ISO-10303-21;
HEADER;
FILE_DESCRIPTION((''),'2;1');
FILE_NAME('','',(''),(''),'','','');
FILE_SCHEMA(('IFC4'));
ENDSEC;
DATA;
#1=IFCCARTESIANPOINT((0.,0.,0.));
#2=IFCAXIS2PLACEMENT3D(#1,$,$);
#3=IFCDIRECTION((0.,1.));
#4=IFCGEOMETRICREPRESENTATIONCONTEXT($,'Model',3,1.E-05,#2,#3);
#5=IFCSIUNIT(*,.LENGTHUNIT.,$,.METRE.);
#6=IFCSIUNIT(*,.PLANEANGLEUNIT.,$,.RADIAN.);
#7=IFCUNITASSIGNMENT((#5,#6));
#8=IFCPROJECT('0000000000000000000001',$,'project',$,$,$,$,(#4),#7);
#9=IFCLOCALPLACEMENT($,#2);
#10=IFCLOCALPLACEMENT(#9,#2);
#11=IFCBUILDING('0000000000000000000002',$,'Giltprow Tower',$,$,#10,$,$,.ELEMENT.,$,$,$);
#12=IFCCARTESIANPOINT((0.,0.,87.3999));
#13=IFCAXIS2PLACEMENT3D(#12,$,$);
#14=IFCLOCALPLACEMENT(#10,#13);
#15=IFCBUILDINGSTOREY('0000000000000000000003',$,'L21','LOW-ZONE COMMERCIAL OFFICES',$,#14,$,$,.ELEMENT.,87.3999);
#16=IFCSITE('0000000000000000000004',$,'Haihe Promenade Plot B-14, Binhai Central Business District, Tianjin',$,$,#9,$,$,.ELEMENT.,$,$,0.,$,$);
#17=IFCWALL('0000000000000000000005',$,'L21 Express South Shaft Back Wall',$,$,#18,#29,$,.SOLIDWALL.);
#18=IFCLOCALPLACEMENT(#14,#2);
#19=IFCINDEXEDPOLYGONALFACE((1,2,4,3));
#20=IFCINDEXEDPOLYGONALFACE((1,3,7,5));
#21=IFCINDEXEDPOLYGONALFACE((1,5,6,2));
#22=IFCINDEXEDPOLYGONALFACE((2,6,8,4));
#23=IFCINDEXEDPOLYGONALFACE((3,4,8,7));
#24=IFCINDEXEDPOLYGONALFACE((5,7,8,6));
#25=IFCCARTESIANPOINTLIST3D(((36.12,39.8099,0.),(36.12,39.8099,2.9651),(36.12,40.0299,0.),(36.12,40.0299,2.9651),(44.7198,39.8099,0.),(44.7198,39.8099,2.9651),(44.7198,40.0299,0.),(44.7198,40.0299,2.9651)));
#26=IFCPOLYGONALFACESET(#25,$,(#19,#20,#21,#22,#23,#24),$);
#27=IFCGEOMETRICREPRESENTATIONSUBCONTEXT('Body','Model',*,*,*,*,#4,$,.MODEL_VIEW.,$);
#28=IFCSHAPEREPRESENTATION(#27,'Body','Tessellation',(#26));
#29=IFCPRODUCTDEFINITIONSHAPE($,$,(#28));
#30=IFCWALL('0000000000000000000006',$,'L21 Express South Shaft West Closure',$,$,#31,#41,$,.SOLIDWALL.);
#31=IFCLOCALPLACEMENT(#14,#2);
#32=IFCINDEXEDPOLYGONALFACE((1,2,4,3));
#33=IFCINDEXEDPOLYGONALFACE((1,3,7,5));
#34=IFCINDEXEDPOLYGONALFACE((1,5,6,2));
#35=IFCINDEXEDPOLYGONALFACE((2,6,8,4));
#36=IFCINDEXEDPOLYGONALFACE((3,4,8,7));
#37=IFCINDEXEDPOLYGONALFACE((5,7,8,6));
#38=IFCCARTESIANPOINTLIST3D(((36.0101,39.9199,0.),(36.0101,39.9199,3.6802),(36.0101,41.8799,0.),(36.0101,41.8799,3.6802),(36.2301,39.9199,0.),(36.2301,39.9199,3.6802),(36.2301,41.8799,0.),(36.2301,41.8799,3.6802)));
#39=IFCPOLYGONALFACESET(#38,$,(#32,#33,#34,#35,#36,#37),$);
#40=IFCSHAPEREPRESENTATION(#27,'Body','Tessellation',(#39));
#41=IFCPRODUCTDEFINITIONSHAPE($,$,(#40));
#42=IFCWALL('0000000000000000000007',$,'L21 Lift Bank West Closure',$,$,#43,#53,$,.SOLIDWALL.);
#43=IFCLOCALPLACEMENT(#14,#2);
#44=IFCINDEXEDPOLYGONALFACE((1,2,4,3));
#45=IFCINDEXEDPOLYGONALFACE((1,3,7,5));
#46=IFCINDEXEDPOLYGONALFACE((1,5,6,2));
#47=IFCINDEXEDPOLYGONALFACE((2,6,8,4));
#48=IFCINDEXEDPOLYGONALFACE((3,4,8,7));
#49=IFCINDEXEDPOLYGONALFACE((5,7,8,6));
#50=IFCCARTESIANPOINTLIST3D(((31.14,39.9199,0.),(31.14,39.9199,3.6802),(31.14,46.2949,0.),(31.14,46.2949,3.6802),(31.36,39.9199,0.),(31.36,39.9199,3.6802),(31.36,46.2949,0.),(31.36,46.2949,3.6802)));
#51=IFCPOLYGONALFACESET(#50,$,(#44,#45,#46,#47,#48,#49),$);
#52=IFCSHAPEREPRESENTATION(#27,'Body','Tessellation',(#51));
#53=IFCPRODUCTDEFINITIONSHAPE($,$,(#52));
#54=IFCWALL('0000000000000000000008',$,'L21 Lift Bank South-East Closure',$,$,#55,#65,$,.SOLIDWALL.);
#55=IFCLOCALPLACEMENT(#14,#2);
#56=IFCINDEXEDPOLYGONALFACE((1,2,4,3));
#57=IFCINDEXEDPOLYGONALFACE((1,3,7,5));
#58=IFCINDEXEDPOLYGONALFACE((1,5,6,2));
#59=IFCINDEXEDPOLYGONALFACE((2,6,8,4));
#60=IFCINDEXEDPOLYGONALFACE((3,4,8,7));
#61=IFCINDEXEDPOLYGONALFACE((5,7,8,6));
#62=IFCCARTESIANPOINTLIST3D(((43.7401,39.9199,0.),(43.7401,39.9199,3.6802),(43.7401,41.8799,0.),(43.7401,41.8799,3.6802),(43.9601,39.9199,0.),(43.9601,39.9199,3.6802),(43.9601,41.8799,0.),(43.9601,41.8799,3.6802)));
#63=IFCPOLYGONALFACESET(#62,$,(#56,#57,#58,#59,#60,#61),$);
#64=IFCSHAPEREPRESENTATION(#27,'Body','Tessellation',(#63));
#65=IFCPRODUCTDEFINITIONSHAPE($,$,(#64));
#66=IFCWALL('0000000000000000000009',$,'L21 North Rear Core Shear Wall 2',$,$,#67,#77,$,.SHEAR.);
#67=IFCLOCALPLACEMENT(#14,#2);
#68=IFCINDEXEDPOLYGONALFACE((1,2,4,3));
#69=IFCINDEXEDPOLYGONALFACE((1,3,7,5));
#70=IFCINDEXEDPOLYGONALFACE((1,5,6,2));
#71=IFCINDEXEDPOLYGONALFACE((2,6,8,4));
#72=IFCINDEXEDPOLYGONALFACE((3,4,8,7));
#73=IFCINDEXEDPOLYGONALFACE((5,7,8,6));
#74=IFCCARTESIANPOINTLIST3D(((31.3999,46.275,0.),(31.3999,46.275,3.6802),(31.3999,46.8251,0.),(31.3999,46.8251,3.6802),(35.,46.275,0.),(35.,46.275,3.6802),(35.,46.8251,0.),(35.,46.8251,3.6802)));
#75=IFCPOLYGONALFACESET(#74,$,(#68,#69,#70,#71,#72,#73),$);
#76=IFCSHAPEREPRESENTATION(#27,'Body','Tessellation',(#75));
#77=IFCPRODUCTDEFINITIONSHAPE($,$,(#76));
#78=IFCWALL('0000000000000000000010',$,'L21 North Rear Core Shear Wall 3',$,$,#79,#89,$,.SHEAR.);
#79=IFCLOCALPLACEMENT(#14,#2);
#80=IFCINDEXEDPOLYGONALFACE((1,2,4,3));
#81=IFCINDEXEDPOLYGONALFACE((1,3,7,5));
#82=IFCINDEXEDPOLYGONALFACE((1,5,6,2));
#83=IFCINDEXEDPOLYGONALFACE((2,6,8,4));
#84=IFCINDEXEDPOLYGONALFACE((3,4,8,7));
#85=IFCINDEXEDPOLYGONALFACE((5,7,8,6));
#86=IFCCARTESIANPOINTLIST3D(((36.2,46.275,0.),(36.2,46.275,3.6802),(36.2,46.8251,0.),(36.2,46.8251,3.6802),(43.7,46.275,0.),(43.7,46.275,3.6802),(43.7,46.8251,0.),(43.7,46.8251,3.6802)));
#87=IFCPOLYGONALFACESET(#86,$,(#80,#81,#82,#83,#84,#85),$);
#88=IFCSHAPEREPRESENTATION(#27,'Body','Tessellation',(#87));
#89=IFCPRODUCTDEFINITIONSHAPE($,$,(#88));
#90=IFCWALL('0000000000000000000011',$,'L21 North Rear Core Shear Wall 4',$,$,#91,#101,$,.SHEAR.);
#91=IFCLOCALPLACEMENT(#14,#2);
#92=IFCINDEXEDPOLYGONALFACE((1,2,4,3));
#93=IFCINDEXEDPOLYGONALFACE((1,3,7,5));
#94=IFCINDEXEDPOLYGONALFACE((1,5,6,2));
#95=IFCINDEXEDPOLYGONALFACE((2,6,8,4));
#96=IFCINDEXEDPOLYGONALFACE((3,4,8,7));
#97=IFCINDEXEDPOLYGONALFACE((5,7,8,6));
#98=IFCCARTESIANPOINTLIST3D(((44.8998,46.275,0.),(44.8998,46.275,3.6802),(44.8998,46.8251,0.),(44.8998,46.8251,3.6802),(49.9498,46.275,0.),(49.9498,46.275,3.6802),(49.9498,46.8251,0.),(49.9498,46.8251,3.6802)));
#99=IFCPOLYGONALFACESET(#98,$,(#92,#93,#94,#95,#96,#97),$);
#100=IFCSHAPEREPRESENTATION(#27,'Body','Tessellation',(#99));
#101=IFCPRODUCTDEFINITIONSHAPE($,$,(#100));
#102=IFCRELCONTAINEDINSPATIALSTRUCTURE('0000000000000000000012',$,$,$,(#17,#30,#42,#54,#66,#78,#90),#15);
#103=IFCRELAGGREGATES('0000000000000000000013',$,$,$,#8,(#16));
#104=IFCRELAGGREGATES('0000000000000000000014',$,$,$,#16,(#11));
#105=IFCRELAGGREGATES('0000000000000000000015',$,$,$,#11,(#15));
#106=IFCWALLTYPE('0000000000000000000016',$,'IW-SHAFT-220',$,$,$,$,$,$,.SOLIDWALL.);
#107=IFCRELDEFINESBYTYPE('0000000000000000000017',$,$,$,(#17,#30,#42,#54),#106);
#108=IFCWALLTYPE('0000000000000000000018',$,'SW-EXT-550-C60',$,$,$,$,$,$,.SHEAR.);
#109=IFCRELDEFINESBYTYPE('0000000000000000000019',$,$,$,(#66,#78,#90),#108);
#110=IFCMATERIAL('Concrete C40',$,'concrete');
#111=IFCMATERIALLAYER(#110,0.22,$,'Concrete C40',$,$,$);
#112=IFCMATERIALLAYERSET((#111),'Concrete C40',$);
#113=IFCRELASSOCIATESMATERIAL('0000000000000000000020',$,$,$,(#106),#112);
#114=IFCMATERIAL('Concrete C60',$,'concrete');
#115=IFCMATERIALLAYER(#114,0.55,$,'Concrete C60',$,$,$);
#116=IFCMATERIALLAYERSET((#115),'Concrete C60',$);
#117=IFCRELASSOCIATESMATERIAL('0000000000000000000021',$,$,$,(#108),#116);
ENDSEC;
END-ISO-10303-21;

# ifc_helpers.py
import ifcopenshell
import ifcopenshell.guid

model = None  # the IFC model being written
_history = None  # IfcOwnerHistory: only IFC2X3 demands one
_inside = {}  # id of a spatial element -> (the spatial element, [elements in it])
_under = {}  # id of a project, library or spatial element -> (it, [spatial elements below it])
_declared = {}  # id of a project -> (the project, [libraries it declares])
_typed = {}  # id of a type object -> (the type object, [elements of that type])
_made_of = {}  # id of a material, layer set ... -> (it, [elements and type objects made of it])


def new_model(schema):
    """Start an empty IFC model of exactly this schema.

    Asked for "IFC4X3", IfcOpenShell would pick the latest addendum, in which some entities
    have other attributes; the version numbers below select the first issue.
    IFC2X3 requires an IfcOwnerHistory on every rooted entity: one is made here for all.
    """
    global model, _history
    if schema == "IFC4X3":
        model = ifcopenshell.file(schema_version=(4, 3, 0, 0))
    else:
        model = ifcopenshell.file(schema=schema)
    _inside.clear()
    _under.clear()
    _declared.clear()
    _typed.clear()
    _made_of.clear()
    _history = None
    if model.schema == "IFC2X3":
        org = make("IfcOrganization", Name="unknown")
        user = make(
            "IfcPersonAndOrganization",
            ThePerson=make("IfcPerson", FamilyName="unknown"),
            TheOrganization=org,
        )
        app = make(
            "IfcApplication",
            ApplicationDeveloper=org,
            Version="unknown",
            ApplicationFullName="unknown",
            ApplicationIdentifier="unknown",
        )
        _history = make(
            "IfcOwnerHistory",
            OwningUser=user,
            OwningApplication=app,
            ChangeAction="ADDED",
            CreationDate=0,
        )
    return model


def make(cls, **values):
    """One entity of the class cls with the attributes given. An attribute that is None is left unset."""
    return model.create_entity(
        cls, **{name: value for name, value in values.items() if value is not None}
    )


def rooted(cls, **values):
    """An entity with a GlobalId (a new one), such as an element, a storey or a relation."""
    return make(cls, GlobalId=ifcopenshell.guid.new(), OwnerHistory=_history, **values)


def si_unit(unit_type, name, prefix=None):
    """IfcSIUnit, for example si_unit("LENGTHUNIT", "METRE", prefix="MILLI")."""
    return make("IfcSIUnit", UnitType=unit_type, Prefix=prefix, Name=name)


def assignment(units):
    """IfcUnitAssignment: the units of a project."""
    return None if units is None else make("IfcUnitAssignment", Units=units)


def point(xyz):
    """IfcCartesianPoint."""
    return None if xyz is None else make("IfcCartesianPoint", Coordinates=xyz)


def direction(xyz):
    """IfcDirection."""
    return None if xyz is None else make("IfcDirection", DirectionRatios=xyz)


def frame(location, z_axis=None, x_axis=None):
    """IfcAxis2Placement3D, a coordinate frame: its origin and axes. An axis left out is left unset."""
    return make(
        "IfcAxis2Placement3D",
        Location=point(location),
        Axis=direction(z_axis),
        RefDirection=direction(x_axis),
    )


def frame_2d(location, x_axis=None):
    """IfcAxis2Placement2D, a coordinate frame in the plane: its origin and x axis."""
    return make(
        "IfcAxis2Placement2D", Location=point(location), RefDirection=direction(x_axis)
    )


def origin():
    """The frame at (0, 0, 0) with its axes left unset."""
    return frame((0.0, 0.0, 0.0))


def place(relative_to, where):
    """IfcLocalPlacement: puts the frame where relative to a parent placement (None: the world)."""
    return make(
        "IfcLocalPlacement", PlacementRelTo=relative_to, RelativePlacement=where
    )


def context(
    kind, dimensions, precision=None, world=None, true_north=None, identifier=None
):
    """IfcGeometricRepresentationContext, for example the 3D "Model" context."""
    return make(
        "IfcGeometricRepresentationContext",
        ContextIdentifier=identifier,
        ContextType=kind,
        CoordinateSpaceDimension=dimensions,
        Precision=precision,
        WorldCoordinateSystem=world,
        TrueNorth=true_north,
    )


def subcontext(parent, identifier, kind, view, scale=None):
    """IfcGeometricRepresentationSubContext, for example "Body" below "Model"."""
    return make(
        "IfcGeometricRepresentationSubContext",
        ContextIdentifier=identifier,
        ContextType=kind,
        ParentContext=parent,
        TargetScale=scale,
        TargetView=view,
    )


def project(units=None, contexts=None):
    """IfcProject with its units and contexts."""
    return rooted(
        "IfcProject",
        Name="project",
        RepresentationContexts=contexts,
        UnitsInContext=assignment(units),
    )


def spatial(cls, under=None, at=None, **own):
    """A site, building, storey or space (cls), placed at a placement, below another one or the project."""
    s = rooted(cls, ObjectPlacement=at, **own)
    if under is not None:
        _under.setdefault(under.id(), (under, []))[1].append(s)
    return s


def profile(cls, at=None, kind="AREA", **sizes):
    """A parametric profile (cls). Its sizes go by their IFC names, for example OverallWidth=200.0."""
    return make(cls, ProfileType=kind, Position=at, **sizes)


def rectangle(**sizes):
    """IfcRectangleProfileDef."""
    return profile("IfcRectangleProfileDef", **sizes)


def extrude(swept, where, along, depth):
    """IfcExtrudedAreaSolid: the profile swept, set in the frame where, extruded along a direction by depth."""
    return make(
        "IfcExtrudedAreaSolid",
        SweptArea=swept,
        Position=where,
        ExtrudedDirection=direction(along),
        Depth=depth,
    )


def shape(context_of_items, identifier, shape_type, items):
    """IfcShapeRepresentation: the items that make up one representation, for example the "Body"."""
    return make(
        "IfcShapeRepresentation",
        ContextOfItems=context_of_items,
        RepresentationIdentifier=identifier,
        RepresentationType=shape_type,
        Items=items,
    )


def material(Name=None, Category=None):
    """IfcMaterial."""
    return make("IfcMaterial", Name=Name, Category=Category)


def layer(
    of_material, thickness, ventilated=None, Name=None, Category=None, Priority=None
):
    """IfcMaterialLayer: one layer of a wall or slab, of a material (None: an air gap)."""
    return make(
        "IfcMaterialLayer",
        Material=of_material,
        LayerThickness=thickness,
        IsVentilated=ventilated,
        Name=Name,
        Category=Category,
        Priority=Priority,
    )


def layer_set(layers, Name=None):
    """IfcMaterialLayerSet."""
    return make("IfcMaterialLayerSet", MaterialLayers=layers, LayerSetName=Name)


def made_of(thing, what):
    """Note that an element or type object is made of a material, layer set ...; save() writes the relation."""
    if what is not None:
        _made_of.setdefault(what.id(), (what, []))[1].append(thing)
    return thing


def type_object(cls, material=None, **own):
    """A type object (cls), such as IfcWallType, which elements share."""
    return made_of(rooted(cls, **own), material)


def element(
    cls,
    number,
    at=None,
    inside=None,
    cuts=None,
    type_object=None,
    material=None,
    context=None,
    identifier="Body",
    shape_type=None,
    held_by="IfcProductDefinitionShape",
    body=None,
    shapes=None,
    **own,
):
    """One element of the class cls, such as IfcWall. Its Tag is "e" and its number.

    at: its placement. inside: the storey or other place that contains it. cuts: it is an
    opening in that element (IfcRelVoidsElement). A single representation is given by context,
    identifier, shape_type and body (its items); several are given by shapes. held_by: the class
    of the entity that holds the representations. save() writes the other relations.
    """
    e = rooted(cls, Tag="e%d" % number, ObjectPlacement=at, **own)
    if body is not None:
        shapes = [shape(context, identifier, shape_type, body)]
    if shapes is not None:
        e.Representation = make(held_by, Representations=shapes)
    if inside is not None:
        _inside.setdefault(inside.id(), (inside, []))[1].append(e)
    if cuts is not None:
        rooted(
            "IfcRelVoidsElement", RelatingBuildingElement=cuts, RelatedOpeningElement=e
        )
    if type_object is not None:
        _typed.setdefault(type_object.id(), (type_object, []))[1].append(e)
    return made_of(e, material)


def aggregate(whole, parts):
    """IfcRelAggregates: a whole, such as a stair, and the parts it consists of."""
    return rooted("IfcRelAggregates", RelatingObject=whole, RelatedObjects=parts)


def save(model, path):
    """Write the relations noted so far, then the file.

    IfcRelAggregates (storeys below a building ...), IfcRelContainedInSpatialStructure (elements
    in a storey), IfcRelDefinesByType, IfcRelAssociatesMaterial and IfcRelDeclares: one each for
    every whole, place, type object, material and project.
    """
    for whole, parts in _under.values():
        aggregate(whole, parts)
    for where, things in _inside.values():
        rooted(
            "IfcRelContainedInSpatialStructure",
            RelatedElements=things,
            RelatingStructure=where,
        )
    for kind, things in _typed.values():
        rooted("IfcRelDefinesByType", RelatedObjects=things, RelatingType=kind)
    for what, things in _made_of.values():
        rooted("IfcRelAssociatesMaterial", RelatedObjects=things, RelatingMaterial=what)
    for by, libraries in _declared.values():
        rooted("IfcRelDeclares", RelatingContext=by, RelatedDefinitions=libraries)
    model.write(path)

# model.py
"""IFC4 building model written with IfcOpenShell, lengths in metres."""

from ifc_helpers import new_model, si_unit, direction, frame, frame_2d, origin, place, context, subcontext, project, spatial, rectangle, extrude, material, layer, layer_set, type_object, element, save


model = new_model("IFC4")

# Units and contexts
model_context = context("Model", 3, precision=1e-05, world=origin(), true_north=direction((0.0, 1.0)))
body_context = subcontext(model_context, "Body", "Model", "MODEL_VIEW")
ifc_project = project(units=[si_unit("LENGTHUNIT", "METRE"), si_unit("PLANEANGLEUNIT", "RADIAN")], contexts=[model_context])

# Site, building, storey
site_placement = place(None, origin())
site = spatial("IfcSite", under=ifc_project, at=site_placement, Name="Haihe Promenade Plot B-14, Binhai Central Business District, Tianjin", CompositionType="ELEMENT", RefElevation=0.0)
building_placement = place(site_placement, origin())
building = spatial("IfcBuilding", under=site, at=building_placement, Name="Giltprow Tower", CompositionType="ELEMENT")
storey_placement = place(building_placement, frame((0.0, 0.0, 87.3999)))
storey = spatial("IfcBuildingStorey", under=building, at=storey_placement, Name="L21", Description="LOW-ZONE COMMERCIAL OFFICES", CompositionType="ELEMENT", Elevation=87.3999)

# Shared definitions
ifc_material_1 = material(Name="Concrete C60", Category="concrete")

# Shared definitions
ifc_material_2 = material(Name="Concrete C40", Category="concrete")
ifc_layer_1 = layer(ifc_material_2, 0.22, Name="Concrete C40")
ifc_layer_set_1 = layer_set([ifc_layer_1], Name="Concrete C40")
wall_type_1 = type_object("IfcWallType", Name="IW-SHAFT-220", PredefinedType="SOLIDWALL", material=ifc_layer_set_1)

# Walls
wall_1_placement = place(storey_placement, frame((36.1201, 39.9199, 0.0), z_axis=(0.0, 0.0, 1.0), x_axis=(1.0, 0.0, 0.0)))
element("IfcWall", 1, at=wall_1_placement, inside=storey, type_object=wall_type_1, Name="L21 Express South Shaft Back Wall", PredefinedType="SOLIDWALL", context=body_context, shape_type="SweptSolid", body=[
    extrude(rectangle(XDim=8.5999, YDim=0.22, at=frame_2d((4.2998, 0.0))), origin(), (0.0, 0.0, 1.0), 2.9651),
])
wall_2_placement = place(storey_placement, frame((36.1201, 39.9199, 0.0), z_axis=(0.0, 0.0, 1.0), x_axis=(0.0, 1.0, 0.0)))
element("IfcWall", 2, at=wall_2_placement, inside=storey, type_object=wall_type_1, Name="L21 Express South Shaft West Closure", PredefinedType="SOLIDWALL", context=body_context, shape_type="SweptSolid", body=[
    extrude(rectangle(XDim=1.96, YDim=0.22, at=frame_2d((0.98, 0.0))), origin(), (0.0, 0.0, 1.0), 3.6802),
])
wall_3_placement = place(storey_placement, frame((31.25, 39.9199, 0.0), z_axis=(0.0, 0.0, 1.0), x_axis=(0.0, 1.0, 0.0)))
element("IfcWall", 3, at=wall_3_placement, inside=storey, type_object=wall_type_1, Name="L21 Lift Bank West Closure", PredefinedType="SOLIDWALL", context=body_context, shape_type="SweptSolid", body=[
    extrude(rectangle(XDim=6.375, YDim=0.22, at=frame_2d((3.1875, 0.0))), origin(), (0.0, 0.0, 1.0), 3.6802),
])
wall_4_placement = place(storey_placement, frame((43.8501, 39.9199, 0.0), z_axis=(0.0, 0.0, 1.0), x_axis=(0.0, 1.0, 0.0)))
element("IfcWall", 4, at=wall_4_placement, inside=storey, type_object=wall_type_1, Name="L21 Lift Bank South-East Closure", PredefinedType="SOLIDWALL", context=body_context, shape_type="SweptSolid", body=[
    extrude(rectangle(XDim=1.96, YDim=0.22, at=frame_2d((0.98, 0.0))), origin(), (0.0, 0.0, 1.0), 3.6802),
])
ifc_layer_2 = layer(ifc_material_1, 0.55, Name="Concrete C60")
ifc_layer_set_2 = layer_set([ifc_layer_2], Name="Concrete C60")
wall_type_2 = type_object("IfcWallType", Name="SW-EXT-550-C60", PredefinedType="SHEAR", material=ifc_layer_set_2)
wall_5_placement = place(storey_placement, frame((31.3999, 46.55, 0.0), z_axis=(0.0, 0.0, 1.0), x_axis=(1.0, 0.0, 0.0)))
element("IfcWall", 5, at=wall_5_placement, inside=storey, type_object=wall_type_2, Name="L21 North Rear Core Shear Wall 2", PredefinedType="SHEAR", context=body_context, shape_type="SweptSolid", body=[
    extrude(rectangle(XDim=3.6001, YDim=0.55, at=frame_2d((1.8, 0.0))), origin(), (0.0, 0.0, 1.0), 3.6802),
])
wall_6_placement = place(storey_placement, frame((36.2, 46.55, 0.0), z_axis=(0.0, 0.0, 1.0), x_axis=(1.0, 0.0, 0.0)))
element("IfcWall", 6, at=wall_6_placement, inside=storey, type_object=wall_type_2, Name="L21 North Rear Core Shear Wall 3", PredefinedType="SHEAR", context=body_context, shape_type="SweptSolid", body=[
    extrude(rectangle(XDim=7.5, YDim=0.55, at=frame_2d((3.75, 0.0))), origin(), (0.0, 0.0, 1.0), 3.6802),
])
wall_7_placement = place(storey_placement, frame((44.8999, 46.55, 0.0), z_axis=(0.0, 0.0, 1.0), x_axis=(1.0, 0.0, 0.0)))
element("IfcWall", 7, at=wall_7_placement, inside=storey, type_object=wall_type_2, Name="L21 North Rear Core Shear Wall 4", PredefinedType="SHEAR", context=body_context, shape_type="SweptSolid", body=[
    extrude(rectangle(XDim=5.05, YDim=0.55, at=frame_2d((2.5249, 0.0))), origin(), (0.0, 0.0, 1.0), 3.6802),
])

save(model, "model.ifc")
